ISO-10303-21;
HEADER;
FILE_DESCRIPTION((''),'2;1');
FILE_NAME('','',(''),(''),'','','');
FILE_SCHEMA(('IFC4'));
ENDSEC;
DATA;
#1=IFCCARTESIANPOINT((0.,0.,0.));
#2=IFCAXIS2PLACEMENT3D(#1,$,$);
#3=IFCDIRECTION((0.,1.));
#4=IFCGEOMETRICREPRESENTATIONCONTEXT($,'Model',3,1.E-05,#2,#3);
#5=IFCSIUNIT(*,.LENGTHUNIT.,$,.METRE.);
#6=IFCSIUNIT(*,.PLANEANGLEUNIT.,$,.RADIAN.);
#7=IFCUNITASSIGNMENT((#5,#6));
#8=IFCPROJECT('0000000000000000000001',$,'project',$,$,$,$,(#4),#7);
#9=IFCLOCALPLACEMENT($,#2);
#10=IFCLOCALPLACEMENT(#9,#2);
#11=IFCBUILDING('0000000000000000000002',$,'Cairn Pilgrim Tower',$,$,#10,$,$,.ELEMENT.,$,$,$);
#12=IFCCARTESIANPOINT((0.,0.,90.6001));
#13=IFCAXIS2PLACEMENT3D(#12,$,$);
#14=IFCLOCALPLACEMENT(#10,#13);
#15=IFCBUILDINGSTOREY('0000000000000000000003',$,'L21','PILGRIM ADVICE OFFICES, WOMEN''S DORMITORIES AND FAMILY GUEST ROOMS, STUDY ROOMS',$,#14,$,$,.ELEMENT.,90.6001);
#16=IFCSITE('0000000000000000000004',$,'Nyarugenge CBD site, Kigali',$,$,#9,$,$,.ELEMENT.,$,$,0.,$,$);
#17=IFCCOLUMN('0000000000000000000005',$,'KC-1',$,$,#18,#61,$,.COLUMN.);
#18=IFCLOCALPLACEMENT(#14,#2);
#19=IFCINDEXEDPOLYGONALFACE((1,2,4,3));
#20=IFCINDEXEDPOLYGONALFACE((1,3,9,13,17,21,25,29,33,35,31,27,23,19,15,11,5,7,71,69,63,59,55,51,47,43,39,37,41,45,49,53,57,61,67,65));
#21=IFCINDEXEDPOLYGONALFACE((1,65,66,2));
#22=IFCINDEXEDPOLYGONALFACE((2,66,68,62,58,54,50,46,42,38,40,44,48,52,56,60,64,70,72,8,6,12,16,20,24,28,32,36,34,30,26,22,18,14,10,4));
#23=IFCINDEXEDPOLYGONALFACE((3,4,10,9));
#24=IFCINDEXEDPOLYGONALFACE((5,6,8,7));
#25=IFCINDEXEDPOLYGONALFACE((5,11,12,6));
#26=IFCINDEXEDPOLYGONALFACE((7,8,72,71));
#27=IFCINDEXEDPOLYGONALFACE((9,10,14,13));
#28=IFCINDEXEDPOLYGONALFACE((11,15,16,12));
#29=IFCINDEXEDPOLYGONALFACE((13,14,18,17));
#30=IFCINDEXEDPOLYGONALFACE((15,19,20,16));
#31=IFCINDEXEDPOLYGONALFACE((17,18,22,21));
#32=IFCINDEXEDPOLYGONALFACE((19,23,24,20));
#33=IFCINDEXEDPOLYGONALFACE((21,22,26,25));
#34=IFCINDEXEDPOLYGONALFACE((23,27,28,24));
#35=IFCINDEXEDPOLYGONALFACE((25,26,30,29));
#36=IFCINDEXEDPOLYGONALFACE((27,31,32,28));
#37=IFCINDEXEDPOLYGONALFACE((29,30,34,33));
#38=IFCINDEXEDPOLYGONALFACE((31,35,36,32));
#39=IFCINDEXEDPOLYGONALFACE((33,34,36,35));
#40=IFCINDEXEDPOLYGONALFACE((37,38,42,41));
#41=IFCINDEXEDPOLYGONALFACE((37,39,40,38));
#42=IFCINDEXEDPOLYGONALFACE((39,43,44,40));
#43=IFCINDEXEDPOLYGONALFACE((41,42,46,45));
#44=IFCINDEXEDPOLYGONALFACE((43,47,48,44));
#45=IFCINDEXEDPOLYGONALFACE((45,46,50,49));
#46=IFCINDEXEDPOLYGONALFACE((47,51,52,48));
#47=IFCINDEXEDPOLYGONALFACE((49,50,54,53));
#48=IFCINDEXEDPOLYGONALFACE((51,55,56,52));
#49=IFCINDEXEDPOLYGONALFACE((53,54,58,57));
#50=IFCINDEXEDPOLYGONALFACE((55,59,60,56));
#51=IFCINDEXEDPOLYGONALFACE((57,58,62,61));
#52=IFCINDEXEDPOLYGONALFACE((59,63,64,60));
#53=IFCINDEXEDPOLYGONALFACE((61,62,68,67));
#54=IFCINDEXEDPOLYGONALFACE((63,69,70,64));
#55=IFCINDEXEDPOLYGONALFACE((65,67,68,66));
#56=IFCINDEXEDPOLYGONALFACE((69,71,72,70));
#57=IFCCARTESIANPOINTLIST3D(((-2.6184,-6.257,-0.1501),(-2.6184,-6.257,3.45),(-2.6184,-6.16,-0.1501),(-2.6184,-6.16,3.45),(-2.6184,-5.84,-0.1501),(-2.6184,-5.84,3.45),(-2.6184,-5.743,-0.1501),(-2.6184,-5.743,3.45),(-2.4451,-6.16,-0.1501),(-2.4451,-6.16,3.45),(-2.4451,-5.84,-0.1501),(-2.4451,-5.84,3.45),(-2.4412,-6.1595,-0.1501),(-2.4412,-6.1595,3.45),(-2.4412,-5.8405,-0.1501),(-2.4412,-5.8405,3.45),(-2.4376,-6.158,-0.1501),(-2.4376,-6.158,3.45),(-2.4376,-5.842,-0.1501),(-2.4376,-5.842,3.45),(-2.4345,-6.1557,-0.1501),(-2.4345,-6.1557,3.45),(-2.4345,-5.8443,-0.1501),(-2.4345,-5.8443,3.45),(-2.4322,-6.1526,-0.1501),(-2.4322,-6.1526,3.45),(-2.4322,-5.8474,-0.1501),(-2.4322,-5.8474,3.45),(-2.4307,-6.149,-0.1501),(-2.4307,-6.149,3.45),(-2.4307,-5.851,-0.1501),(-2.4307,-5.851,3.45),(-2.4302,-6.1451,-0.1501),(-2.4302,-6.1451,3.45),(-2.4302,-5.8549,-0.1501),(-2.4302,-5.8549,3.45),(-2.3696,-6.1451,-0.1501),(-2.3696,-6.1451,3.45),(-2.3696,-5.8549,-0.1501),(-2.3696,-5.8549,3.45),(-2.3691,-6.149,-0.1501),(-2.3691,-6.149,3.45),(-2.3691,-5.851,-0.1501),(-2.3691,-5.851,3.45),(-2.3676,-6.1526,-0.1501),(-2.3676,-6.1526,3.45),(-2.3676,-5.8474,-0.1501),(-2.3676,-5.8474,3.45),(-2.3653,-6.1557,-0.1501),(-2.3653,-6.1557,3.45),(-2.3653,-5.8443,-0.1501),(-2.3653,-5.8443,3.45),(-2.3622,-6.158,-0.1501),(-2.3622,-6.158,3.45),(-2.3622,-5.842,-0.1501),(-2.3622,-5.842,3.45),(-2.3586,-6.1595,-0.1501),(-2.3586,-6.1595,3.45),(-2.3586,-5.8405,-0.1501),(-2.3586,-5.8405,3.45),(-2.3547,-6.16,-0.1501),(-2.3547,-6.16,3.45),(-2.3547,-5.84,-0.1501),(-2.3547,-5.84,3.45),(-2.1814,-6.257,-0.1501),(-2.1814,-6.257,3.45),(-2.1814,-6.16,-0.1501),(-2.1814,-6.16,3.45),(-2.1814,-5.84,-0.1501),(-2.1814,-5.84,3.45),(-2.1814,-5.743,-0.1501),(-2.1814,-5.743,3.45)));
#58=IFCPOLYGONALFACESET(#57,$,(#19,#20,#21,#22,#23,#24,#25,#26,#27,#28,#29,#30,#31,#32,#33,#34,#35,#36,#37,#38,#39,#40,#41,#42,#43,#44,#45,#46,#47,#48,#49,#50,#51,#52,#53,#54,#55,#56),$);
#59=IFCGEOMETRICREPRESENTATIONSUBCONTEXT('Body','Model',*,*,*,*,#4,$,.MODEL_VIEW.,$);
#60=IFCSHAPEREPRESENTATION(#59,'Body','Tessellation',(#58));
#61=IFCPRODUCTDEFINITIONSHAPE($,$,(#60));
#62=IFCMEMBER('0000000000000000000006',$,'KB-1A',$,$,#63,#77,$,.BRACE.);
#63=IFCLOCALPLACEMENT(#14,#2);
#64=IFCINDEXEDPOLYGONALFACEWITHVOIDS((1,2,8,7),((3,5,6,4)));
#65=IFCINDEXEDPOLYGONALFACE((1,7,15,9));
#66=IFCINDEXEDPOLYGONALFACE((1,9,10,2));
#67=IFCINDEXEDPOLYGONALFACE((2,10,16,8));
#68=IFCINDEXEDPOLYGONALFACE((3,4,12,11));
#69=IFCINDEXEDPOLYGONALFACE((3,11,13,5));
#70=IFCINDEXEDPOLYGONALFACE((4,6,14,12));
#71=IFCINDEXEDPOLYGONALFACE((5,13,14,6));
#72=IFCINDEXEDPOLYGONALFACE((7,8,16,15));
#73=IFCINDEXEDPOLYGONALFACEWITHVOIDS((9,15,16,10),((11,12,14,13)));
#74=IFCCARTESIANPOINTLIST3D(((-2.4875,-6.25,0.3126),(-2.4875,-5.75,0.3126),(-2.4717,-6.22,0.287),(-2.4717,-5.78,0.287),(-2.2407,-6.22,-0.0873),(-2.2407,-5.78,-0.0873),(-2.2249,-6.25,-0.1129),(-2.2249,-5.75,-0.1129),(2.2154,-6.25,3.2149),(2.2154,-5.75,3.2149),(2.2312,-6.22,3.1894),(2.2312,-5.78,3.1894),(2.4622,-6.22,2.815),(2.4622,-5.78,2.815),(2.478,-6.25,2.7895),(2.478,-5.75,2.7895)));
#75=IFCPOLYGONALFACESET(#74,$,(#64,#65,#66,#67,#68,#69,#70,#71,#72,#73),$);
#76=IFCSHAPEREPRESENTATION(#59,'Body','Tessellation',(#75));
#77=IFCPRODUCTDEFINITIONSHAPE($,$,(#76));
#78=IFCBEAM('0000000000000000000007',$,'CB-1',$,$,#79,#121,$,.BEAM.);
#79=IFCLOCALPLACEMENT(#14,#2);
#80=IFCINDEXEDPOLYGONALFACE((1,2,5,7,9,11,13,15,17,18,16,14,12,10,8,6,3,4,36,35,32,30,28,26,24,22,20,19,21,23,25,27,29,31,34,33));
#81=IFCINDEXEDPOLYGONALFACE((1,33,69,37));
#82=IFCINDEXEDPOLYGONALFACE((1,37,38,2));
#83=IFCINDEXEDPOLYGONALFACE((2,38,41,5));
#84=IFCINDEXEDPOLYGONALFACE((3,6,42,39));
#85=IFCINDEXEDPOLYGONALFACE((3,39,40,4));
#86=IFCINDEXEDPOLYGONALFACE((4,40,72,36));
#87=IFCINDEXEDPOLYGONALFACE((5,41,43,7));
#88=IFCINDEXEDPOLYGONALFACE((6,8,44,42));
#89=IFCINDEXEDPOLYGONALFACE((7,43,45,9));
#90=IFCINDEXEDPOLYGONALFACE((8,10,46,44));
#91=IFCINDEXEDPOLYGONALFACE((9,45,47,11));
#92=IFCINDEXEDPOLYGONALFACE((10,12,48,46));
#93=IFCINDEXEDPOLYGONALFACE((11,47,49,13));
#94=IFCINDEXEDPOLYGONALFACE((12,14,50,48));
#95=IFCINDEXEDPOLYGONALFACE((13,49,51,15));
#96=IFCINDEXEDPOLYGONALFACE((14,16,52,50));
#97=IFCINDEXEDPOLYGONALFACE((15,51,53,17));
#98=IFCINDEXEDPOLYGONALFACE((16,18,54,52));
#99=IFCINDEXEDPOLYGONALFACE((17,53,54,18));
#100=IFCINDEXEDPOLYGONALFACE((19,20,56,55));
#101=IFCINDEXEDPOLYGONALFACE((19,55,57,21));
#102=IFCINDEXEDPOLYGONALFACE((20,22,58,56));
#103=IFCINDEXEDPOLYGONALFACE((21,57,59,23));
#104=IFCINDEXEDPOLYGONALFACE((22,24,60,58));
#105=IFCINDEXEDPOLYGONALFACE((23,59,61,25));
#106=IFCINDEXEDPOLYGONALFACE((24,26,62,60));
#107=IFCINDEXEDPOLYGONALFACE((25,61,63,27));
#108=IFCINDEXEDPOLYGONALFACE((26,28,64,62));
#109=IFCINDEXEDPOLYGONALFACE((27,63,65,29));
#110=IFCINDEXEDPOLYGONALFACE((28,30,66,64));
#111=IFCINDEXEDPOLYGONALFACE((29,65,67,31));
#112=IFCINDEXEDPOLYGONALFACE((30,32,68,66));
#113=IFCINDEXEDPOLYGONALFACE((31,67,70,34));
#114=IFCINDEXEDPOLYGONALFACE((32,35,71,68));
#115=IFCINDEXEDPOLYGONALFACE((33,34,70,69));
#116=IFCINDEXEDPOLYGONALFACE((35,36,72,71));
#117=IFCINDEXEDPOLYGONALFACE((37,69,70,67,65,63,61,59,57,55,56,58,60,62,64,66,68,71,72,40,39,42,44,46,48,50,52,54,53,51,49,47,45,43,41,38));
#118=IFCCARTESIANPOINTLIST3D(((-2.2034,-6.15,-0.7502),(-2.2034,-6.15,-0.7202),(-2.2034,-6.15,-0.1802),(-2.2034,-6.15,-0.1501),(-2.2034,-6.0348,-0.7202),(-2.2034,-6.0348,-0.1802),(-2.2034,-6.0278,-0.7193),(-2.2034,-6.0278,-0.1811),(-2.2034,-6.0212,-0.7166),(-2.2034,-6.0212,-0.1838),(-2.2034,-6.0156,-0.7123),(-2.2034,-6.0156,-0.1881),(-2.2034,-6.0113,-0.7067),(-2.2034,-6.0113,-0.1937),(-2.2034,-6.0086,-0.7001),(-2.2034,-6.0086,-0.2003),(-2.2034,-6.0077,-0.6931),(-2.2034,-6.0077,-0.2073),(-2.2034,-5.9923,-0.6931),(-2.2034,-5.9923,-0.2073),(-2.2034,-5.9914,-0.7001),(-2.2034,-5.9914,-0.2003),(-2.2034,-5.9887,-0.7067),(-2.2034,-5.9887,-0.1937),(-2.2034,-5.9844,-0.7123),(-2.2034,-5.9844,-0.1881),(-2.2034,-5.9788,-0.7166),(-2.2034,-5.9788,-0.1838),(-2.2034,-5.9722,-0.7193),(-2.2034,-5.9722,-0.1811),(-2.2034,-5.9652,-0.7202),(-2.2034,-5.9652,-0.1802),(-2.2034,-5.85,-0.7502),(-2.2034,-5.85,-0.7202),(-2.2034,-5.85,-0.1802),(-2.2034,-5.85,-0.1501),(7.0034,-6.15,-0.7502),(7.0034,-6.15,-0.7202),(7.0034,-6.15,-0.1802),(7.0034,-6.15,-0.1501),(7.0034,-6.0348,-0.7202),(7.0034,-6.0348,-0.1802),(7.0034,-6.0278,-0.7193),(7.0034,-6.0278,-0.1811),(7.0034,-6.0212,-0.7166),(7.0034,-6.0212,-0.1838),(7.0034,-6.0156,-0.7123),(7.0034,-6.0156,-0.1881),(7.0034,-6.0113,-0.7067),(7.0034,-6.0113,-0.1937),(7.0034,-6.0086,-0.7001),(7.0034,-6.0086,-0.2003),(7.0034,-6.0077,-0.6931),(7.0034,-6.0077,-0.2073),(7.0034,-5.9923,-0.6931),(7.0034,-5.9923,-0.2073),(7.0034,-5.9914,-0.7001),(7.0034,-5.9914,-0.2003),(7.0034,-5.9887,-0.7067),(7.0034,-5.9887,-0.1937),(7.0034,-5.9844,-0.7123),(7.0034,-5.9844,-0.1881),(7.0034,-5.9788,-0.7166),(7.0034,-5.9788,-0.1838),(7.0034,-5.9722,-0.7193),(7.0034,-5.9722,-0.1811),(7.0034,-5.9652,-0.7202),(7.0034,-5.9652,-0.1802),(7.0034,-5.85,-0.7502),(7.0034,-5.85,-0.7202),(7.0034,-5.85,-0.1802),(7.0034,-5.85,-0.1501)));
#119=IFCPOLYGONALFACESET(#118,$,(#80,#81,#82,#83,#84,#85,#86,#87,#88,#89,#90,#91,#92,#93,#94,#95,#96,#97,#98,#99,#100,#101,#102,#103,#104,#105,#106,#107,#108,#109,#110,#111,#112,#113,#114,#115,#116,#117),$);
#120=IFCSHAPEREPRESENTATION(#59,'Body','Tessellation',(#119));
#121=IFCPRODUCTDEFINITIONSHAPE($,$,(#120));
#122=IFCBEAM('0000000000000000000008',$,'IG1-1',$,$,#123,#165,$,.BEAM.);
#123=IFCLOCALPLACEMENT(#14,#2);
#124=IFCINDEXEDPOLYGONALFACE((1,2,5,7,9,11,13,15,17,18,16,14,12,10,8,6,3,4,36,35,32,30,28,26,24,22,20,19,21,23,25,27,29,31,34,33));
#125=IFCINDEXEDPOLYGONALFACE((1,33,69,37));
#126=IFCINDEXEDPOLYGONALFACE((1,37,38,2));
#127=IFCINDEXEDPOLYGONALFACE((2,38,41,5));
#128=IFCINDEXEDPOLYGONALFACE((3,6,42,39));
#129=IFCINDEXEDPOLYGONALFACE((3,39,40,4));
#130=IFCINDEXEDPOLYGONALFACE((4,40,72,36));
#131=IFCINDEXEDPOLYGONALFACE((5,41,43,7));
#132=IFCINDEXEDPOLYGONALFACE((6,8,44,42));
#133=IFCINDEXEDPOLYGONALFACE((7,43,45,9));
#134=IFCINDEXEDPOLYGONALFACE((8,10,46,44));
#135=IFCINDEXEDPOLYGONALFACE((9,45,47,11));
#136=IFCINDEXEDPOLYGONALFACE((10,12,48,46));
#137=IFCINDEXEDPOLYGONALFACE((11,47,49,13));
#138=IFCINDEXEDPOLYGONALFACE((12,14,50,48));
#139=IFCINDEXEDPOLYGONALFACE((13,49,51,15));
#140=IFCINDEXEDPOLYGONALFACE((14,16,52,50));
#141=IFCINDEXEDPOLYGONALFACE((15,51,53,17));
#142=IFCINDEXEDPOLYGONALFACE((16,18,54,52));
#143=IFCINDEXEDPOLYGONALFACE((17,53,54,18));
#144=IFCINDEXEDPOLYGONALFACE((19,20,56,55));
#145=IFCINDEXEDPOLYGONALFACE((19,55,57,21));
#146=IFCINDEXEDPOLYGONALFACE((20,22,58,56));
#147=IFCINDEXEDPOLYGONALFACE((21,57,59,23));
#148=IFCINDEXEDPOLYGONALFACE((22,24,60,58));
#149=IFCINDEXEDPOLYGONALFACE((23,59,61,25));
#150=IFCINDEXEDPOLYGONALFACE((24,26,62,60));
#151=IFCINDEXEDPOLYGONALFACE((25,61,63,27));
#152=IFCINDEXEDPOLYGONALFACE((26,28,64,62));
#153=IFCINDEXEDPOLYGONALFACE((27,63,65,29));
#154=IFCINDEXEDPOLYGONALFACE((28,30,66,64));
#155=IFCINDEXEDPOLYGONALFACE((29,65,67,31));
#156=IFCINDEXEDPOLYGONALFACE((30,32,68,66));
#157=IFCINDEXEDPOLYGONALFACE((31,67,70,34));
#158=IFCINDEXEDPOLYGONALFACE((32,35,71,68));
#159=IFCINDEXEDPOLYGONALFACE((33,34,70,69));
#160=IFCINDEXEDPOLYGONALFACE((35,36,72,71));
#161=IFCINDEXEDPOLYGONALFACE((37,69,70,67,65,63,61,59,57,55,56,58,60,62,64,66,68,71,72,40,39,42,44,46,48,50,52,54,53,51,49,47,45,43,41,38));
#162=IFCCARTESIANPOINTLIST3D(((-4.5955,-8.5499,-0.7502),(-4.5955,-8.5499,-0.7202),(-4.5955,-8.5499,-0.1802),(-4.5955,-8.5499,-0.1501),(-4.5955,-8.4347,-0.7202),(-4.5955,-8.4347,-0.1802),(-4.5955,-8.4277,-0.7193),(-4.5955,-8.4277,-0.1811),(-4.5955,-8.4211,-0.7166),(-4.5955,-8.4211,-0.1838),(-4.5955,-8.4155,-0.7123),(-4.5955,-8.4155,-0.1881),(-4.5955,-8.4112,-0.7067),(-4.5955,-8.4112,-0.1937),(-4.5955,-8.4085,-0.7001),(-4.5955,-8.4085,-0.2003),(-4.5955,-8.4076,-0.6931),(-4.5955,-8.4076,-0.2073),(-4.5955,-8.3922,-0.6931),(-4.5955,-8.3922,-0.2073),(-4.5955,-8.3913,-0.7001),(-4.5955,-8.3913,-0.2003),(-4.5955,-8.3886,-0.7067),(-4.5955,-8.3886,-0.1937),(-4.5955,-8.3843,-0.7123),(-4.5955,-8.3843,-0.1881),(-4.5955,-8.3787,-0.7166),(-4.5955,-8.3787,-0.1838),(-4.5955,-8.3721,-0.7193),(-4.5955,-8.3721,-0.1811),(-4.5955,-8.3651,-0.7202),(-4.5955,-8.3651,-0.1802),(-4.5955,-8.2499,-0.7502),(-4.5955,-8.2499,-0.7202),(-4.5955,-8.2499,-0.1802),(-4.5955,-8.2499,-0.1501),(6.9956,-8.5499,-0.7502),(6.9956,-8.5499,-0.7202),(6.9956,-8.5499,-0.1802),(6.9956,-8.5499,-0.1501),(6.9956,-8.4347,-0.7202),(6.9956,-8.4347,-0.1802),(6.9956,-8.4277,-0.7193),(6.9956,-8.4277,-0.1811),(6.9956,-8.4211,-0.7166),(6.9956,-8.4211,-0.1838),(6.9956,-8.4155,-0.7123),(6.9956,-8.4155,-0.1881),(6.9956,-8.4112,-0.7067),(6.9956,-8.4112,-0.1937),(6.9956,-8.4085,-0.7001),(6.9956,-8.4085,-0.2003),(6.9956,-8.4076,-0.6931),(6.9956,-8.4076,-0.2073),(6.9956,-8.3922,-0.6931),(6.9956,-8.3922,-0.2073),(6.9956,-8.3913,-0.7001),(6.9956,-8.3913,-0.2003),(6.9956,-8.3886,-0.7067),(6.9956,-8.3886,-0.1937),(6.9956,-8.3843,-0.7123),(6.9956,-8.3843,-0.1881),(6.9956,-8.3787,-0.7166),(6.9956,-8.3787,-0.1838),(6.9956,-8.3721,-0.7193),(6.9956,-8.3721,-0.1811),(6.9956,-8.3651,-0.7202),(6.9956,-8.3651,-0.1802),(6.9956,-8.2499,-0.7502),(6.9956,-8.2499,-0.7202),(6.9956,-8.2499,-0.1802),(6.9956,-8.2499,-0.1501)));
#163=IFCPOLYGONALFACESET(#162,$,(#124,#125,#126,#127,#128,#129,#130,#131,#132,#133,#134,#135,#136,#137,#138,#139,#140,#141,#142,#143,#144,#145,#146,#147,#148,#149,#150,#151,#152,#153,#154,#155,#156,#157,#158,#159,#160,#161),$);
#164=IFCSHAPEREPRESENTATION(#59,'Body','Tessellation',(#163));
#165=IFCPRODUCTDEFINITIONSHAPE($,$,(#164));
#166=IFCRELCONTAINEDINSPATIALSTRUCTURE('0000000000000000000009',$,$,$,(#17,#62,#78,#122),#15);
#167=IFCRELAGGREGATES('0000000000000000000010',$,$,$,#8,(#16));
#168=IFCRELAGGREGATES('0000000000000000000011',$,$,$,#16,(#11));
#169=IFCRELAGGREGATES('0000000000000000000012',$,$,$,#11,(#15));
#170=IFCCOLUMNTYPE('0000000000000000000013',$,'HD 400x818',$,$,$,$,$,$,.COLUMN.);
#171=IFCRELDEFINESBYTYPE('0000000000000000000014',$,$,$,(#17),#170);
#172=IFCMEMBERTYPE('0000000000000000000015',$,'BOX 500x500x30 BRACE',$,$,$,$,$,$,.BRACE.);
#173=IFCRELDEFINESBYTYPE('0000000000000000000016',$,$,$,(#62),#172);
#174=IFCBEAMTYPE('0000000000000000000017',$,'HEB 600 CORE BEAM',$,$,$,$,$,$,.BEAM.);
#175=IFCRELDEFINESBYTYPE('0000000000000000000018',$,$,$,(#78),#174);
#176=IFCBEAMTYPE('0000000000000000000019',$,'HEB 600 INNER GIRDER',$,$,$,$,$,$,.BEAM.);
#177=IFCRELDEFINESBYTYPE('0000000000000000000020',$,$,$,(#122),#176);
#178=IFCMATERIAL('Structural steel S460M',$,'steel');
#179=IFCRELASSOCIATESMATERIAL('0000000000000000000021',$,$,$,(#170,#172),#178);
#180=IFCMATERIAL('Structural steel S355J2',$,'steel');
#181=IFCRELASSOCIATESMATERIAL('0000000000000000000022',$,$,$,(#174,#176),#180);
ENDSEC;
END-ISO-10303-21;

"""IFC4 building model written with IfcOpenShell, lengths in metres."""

from ifc_helpers import new_model, si_unit, direction, frame, origin, origin_2d, place, context, subcontext, project, spatial, hollow_rectangle, i_section, extrude, material, material_profile, profile_set, type_object, element, save


model = new_model("IFC4")

# Units and contexts
model_context = context("Model", 3, precision=1e-05, world=origin(), true_north=direction((0.0, 1.0)))
body_context = subcontext(model_context, "Body", "Model", "MODEL_VIEW")
ifc_project = project(units=[si_unit("LENGTHUNIT", "METRE"), si_unit("PLANEANGLEUNIT", "RADIAN")], contexts=[model_context])

# Site, building, storey
site_placement = place(None, origin())
site = spatial("IfcSite", under=ifc_project, at=site_placement, Name="Nyarugenge CBD site, Kigali", CompositionType="ELEMENT", RefElevation=0.0)
building_placement = place(site_placement, origin())
building = spatial("IfcBuilding", under=site, at=building_placement, Name="Cairn Pilgrim Tower", CompositionType="ELEMENT")
storey_placement = place(building_placement, frame((0.0, 0.0, 90.6001)))
storey = spatial("IfcBuildingStorey", under=building, at=storey_placement, Name="L21", Description="PILGRIM ADVICE OFFICES, WOMEN'S DORMITORIES AND FAMILY GUEST ROOMS, STUDY ROOMS", CompositionType="ELEMENT", Elevation=90.6001)

# Column
ifc_material_1 = material(Name="Structural steel S460M", Category="steel")
ifc_material_profile_1 = material_profile(ifc_material_1, i_section(OverallWidth=0.437, OverallDepth=0.5139, WebThickness=0.0605, FlangeThickness=0.0969, FilletRadius=0.0149, at=origin_2d()), Name="HD 400x818")
ifc_profile_set_1 = profile_set([ifc_material_profile_1], Name="Structural steel S460M")
column_type = type_object("IfcColumnType", Name="HD 400x818", PredefinedType="COLUMN", material=ifc_profile_set_1)
column_placement = place(storey_placement, frame((-2.3999, -6.0, -0.1501), z_axis=(0.0, 0.0, 1.0), x_axis=(1.0, 0.0, 0.0)))
element("IfcColumn", 1, at=column_placement, inside=storey, type_object=column_type, Name="KC-1", PredefinedType="COLUMN", context=body_context, shape_type="SweptSolid", body=[
    extrude(i_section(OverallWidth=0.437, OverallDepth=0.5139, WebThickness=0.0605, FlangeThickness=0.0969, FilletRadius=0.0149, at=origin_2d()), origin(), (0.0, 0.0, 1.0), 3.6001),
])

# Member
ifc_material_profile_2 = material_profile(ifc_material_1, hollow_rectangle(XDim=0.5, YDim=0.5, WallThickness=0.03, at=origin_2d()), Name="BOX 500x500x30")
ifc_profile_set_2 = profile_set([ifc_material_profile_2], Name="Structural steel S460M")
member_type = type_object("IfcMemberType", Name="BOX 500x500x30 BRACE", PredefinedType="BRACE", material=ifc_profile_set_2)
member_placement = place(storey_placement, frame((-2.3562, -6.0, 0.0999), z_axis=(0.85099, 0.0, 0.525182), x_axis=(0.0, 1.0, 0.0)))
element("IfcMember", 2, at=member_placement, inside=storey, type_object=member_type, Name="KB-1A", PredefinedType="BRACE", context=body_context, shape_type="SweptSolid", body=[
    extrude(hollow_rectangle(XDim=0.5, YDim=0.5, WallThickness=0.03, at=origin_2d()), origin(), (0.0, 0.0, 1.0), 5.5264),
])

# Beams
ifc_material_2 = material(Name="Structural steel S355J2", Category="steel")
ifc_material_profile_3 = material_profile(ifc_material_2, i_section(OverallWidth=0.3, OverallDepth=0.6001, WebThickness=0.0154, FlangeThickness=0.03, FilletRadius=0.0271, at=origin_2d()), Name="HEB 600")
ifc_profile_set_3 = profile_set([ifc_material_profile_3], Name="Structural steel S355J2")
beam_type_1 = type_object("IfcBeamType", Name="HEB 600 CORE BEAM", PredefinedType="BEAM", material=ifc_profile_set_3)
beam_1_placement = place(storey_placement, frame((-2.2034, -6.0, -0.4502), z_axis=(1.0, 0.0, 0.0), x_axis=(0.0, 1.0, 0.0)))
element("IfcBeam", 3, at=beam_1_placement, inside=storey, type_object=beam_type_1, Name="CB-1", PredefinedType="BEAM", context=body_context, shape_type="SweptSolid", body=[
    extrude(i_section(OverallWidth=0.3, OverallDepth=0.6001, WebThickness=0.0154, FlangeThickness=0.03, FilletRadius=0.0271, at=origin_2d()), origin(), (0.0, 0.0, 1.0), 9.2068),
])
ifc_material_profile_4 = material_profile(ifc_material_2, i_section(OverallWidth=0.3, OverallDepth=0.6001, WebThickness=0.0154, FlangeThickness=0.03, FilletRadius=0.0271, at=origin_2d()), Name="HEB 600")
ifc_profile_set_4 = profile_set([ifc_material_profile_4], Name="Structural steel S355J2")
beam_type_2 = type_object("IfcBeamType", Name="HEB 600 INNER GIRDER", PredefinedType="BEAM", material=ifc_profile_set_4)
beam_2_placement = place(storey_placement, frame((-4.5955, -8.3999, -0.4502), z_axis=(1.0, 0.0, 0.0), x_axis=(0.0, 1.0, 0.0)))
element("IfcBeam", 4, at=beam_2_placement, inside=storey, type_object=beam_type_2, Name="IG1-1", PredefinedType="BEAM", context=body_context, shape_type="SweptSolid", body=[
    extrude(i_section(OverallWidth=0.3, OverallDepth=0.6001, WebThickness=0.0154, FlangeThickness=0.03, FilletRadius=0.0271, at=origin_2d()), origin(), (0.0, 0.0, 1.0), 11.5911),
])

save(model, "model.ifc")
